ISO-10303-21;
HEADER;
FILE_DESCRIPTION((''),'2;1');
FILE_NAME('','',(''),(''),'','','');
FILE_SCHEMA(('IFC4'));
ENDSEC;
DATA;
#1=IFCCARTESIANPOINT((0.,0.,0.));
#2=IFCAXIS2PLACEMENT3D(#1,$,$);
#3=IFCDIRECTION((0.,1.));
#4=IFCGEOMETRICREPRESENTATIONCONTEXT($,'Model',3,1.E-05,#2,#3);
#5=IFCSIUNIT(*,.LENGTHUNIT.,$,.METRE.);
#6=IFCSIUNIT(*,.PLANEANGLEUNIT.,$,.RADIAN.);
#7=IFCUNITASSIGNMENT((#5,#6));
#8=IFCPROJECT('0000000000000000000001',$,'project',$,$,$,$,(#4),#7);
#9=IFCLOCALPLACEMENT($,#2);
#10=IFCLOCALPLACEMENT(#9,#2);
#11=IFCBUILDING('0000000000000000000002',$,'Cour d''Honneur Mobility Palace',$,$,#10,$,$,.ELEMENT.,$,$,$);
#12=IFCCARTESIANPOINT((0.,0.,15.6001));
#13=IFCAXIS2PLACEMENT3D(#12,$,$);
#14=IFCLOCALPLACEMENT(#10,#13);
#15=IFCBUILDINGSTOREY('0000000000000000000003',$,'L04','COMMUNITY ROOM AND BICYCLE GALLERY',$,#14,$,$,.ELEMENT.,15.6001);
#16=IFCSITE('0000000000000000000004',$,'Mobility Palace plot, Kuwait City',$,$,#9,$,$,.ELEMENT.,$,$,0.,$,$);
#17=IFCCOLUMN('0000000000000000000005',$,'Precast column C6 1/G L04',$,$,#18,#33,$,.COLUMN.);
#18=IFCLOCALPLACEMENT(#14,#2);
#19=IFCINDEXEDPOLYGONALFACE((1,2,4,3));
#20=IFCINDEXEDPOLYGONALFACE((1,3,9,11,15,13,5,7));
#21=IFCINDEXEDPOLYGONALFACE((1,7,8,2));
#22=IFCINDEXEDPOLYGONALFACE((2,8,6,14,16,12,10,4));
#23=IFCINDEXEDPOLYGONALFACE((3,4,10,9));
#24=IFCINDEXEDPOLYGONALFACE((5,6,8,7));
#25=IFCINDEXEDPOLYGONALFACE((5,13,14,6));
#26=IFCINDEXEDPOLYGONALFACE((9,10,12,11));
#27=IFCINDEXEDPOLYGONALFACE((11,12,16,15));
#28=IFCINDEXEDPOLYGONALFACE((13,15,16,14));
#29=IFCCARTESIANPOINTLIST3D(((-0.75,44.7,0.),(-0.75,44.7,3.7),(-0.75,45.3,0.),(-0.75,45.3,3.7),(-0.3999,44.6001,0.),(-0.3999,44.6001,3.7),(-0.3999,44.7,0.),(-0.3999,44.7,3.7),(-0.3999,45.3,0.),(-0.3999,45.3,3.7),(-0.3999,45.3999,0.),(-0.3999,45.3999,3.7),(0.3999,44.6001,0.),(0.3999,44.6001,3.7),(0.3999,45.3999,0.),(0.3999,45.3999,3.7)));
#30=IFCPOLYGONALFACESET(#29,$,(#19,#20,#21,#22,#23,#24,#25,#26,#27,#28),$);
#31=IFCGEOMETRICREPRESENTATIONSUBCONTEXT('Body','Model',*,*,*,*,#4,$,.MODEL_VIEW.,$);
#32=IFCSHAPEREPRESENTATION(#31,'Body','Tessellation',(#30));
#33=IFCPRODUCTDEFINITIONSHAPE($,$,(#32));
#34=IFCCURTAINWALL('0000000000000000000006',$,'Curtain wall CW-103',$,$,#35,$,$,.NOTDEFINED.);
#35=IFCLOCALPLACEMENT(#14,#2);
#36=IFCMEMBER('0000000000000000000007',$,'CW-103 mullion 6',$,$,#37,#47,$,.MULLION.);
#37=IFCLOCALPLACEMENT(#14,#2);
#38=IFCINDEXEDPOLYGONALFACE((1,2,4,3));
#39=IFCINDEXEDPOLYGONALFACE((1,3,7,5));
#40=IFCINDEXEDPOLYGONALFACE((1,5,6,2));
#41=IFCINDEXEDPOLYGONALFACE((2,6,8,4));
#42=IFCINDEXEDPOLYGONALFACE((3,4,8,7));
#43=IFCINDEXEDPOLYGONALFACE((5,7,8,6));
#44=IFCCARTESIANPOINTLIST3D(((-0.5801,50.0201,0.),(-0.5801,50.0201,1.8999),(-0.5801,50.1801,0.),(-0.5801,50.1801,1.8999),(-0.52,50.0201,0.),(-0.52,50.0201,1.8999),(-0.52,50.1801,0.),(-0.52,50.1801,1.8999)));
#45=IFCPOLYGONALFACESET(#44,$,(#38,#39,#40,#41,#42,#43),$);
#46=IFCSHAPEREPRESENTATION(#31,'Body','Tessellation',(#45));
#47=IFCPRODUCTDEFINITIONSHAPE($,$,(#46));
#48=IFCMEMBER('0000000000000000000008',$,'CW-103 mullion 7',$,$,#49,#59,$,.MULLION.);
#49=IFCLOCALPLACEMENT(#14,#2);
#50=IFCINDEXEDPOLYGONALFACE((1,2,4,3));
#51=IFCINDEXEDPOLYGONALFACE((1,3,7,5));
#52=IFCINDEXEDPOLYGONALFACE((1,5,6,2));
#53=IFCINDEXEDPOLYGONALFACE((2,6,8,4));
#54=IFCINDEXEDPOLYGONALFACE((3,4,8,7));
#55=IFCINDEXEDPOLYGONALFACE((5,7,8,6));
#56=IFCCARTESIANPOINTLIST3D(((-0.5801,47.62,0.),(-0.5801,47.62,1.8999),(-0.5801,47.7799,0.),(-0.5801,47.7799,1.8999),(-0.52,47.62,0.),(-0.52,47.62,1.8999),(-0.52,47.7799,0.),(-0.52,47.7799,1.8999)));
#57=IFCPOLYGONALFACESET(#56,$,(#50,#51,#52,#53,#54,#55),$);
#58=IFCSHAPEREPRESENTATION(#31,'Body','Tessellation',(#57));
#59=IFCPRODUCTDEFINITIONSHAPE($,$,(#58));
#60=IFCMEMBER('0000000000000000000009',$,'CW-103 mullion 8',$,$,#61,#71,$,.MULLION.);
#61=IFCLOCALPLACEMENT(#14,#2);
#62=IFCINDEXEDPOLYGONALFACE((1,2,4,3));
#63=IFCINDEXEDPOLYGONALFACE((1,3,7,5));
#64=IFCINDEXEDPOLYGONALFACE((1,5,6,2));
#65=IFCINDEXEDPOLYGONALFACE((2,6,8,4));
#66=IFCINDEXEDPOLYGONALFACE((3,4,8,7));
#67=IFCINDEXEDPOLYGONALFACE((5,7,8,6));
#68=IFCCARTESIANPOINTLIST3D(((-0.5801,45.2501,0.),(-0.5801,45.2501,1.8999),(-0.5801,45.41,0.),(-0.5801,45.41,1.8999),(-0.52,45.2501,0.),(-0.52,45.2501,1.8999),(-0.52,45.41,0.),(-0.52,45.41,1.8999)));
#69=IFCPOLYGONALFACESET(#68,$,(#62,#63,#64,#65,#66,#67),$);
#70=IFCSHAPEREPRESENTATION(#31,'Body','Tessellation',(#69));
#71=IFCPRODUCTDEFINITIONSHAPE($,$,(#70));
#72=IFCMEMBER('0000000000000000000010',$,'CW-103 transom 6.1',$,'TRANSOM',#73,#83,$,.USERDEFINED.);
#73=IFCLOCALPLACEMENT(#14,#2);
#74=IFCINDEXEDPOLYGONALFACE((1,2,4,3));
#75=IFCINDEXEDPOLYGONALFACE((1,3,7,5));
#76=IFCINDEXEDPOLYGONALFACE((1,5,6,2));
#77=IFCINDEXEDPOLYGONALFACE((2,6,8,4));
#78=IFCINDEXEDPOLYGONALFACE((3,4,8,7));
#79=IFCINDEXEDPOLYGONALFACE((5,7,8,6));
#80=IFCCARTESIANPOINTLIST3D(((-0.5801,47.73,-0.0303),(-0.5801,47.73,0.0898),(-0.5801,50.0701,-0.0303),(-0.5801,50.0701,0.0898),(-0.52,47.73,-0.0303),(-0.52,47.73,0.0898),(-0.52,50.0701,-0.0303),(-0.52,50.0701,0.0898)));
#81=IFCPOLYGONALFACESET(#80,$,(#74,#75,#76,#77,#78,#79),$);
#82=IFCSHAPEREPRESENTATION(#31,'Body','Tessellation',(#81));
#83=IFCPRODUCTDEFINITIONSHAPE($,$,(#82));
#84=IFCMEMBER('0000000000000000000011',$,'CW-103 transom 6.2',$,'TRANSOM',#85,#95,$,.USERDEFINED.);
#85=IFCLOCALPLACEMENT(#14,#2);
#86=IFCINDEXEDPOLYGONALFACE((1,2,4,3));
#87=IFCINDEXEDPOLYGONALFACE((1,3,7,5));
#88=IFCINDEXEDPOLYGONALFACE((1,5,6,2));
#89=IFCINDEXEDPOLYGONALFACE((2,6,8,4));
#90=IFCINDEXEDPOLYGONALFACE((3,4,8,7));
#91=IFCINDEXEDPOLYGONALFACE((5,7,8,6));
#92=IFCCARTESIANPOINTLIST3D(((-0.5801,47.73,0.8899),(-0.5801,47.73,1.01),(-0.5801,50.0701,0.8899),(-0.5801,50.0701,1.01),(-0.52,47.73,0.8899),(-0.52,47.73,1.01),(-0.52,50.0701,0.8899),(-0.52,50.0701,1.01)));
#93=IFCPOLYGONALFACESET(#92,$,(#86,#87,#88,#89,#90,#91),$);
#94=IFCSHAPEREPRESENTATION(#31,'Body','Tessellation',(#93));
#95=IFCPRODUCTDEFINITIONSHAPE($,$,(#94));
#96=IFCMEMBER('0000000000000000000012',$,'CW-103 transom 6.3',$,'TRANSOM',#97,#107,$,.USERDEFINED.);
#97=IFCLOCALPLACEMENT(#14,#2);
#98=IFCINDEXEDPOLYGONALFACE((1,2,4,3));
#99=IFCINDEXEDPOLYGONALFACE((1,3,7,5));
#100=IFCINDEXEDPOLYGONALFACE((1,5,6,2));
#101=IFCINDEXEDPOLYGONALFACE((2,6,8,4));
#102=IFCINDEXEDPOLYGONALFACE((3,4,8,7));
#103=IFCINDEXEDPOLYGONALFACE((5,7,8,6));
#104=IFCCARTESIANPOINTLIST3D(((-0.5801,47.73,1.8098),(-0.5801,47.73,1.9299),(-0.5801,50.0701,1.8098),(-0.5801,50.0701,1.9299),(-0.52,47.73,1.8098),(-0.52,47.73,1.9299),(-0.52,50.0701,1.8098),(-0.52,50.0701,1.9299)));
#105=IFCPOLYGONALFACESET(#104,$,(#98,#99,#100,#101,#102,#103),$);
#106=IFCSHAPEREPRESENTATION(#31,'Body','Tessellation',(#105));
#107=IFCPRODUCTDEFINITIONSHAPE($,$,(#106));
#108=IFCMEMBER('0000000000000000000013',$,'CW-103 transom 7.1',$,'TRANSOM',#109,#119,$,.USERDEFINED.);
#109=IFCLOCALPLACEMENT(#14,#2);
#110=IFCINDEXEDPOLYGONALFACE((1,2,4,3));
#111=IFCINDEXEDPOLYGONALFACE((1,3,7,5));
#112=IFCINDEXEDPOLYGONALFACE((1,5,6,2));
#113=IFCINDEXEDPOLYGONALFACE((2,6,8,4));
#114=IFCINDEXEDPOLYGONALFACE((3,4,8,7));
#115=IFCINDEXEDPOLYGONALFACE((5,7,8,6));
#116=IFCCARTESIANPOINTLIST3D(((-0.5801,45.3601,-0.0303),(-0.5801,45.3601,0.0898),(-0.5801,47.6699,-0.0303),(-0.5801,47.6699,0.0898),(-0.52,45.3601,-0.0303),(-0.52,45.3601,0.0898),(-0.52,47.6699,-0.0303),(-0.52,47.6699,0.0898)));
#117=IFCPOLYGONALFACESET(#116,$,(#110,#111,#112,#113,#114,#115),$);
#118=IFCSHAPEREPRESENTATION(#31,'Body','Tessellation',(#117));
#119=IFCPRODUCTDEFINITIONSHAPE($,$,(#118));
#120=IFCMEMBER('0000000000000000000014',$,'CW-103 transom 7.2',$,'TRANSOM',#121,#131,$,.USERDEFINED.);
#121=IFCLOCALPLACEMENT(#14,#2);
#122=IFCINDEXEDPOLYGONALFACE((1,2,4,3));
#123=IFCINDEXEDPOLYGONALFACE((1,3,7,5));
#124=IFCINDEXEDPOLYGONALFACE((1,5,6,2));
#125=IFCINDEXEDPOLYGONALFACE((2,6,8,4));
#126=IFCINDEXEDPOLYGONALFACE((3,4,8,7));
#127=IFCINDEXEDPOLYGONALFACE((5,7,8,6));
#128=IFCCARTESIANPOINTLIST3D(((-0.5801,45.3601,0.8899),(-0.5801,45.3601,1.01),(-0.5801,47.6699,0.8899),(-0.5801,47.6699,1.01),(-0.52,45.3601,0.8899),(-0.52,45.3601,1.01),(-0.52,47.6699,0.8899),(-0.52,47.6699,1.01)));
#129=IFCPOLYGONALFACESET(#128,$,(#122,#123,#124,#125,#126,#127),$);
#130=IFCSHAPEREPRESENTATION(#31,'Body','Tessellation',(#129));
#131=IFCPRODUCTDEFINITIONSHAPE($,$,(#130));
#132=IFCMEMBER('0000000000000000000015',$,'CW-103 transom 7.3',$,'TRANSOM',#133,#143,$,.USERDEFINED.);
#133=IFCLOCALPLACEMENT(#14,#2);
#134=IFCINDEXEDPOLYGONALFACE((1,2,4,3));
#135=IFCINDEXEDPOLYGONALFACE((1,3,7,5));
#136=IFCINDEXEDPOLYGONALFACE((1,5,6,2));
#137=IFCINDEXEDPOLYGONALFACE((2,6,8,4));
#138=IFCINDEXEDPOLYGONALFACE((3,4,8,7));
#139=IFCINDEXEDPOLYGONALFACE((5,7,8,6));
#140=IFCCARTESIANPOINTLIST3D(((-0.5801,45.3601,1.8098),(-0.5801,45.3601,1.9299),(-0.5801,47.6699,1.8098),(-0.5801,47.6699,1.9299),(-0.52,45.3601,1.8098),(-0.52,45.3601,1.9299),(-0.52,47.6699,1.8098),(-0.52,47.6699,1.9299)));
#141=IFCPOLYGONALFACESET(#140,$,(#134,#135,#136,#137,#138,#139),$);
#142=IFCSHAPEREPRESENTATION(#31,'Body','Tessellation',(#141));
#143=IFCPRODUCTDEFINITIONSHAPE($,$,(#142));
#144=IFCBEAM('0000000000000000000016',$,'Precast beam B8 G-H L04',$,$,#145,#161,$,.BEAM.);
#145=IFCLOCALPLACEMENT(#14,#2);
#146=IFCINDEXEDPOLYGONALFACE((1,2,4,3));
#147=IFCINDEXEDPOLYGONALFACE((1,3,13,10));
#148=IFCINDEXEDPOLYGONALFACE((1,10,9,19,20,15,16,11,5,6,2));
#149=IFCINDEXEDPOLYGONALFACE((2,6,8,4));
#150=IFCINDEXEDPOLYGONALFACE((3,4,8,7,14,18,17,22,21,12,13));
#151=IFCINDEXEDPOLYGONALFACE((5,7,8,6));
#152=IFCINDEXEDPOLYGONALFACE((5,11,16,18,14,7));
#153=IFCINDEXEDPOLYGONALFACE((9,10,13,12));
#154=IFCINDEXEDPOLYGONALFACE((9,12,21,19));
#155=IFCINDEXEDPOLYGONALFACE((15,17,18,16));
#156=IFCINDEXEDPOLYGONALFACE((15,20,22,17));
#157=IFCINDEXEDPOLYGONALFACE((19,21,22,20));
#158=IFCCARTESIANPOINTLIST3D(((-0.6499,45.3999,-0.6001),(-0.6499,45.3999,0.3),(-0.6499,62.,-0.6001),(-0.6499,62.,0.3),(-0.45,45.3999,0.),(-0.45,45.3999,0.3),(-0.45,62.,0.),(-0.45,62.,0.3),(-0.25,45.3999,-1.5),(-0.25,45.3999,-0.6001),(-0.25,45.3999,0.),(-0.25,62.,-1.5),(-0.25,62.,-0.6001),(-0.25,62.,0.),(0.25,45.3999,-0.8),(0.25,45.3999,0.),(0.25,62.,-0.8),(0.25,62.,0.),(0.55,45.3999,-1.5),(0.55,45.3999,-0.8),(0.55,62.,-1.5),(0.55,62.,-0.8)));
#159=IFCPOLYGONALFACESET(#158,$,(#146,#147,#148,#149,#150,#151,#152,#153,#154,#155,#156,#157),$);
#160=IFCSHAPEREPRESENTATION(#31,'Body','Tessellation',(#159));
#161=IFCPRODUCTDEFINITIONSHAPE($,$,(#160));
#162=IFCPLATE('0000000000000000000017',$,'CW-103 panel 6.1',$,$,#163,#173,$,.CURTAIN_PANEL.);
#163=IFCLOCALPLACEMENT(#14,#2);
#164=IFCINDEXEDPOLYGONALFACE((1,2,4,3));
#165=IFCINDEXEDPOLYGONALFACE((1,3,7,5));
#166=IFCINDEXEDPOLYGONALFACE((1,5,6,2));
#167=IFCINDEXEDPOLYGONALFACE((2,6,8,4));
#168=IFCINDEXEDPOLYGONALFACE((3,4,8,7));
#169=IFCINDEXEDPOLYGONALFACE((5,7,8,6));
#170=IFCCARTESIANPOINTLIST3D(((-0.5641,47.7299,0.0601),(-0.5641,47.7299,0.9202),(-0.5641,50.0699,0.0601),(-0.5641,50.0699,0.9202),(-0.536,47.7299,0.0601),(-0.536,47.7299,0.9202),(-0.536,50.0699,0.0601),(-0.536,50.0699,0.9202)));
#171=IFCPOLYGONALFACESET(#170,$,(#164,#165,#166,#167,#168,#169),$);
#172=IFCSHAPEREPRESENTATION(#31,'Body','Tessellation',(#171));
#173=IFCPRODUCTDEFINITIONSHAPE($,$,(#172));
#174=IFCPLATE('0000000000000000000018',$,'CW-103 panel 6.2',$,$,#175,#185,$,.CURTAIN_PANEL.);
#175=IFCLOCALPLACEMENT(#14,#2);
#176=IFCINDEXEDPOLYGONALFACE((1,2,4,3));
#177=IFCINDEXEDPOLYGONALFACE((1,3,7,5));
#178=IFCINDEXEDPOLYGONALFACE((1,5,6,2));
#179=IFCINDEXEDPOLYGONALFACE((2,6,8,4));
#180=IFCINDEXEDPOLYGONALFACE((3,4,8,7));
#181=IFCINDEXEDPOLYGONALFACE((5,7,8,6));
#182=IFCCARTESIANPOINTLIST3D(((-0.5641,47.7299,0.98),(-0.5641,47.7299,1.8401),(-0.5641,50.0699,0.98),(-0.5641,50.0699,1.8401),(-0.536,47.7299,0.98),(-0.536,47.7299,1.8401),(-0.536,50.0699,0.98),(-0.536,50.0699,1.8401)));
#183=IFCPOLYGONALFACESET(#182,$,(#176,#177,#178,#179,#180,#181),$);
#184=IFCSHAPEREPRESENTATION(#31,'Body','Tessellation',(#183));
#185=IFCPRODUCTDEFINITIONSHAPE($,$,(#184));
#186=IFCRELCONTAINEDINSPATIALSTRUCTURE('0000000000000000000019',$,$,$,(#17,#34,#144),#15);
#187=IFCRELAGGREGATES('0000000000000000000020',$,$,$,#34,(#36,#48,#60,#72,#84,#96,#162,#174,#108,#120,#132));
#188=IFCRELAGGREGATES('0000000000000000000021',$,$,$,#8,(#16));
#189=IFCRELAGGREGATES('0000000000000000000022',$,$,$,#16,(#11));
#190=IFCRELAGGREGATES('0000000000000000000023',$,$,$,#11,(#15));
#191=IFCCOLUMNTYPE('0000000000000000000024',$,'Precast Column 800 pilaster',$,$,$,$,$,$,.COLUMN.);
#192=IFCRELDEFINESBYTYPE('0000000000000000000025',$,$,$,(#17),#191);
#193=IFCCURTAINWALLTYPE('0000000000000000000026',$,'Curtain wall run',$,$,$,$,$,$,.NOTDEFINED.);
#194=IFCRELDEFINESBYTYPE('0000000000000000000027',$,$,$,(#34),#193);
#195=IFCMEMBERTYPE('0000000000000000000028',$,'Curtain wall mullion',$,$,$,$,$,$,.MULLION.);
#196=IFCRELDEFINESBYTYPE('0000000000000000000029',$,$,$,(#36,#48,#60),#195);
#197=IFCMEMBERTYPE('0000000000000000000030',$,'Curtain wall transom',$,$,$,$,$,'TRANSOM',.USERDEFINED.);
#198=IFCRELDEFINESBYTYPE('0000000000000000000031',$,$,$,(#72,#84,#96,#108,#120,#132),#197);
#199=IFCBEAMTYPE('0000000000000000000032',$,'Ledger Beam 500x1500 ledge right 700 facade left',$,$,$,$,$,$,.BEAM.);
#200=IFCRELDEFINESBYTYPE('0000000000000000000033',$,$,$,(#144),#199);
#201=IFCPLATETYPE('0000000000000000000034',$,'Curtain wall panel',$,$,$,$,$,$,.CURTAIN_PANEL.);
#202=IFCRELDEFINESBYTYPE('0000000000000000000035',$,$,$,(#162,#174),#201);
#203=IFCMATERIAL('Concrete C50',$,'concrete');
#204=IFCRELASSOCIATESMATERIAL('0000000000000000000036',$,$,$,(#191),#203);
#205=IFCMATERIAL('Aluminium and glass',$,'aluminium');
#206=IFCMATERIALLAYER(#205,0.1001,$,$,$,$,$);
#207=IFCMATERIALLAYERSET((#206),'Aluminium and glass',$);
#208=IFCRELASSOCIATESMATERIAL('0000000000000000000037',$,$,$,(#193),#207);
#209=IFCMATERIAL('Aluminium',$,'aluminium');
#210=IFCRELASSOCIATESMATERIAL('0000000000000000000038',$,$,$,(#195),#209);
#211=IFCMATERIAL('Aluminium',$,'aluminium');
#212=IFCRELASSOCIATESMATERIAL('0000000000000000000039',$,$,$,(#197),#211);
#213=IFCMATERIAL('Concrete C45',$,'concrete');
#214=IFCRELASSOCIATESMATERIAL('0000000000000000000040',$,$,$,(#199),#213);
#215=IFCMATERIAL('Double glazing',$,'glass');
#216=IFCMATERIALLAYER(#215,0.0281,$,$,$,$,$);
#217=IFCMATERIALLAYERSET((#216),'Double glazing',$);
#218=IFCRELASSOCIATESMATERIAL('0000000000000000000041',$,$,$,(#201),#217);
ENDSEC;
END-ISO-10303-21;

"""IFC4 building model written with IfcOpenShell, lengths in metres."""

from ifc_helpers import new_model, si_unit, direction, frame, origin, origin_2d, place, context, subcontext, project, spatial, polyline, rectangle, outline, extrude, material, layer, layer_set, material_profile, profile_set, type_object, element, aggregate, save


model = new_model("IFC4")

# Units and contexts
model_context = context("Model", 3, precision=1e-05, world=origin(), true_north=direction((0.0, 1.0)))
body_context = subcontext(model_context, "Body", "Model", "MODEL_VIEW")
ifc_project = project(units=[si_unit("LENGTHUNIT", "METRE"), si_unit("PLANEANGLEUNIT", "RADIAN")], contexts=[model_context])

# Site, building, storey
site_placement = place(None, origin())
site = spatial("IfcSite", under=ifc_project, at=site_placement, Name="Mobility Palace plot, Kuwait City", CompositionType="ELEMENT", RefElevation=0.0)
building_placement = place(site_placement, origin())
building = spatial("IfcBuilding", under=site, at=building_placement, Name="Cour d'Honneur Mobility Palace", CompositionType="ELEMENT")
storey_placement = place(building_placement, frame((0.0, 0.0, 15.6001)))
storey = spatial("IfcBuildingStorey", under=building, at=storey_placement, Name="L04", Description="COMMUNITY ROOM AND BICYCLE GALLERY", CompositionType="ELEMENT", Elevation=15.6001)

# Column
ifc_material_1 = material(Name="Concrete C50", Category="concrete")
ifc_material_profile_1 = material_profile(ifc_material_1, outline(polyline([(-0.3999, -0.3999), (0.3999, -0.3999), (0.3999, -0.3), (0.75, -0.3), (0.75, 0.3), (0.3999, 0.3), (0.3999, 0.3999), (-0.3999, 0.3999), (-0.3999, -0.3999)])), Name="PC C800 pilaster")
ifc_profile_set_1 = profile_set([ifc_material_profile_1], Name="Concrete C50")
column_type = type_object("IfcColumnType", Name="Precast Column 800 pilaster", PredefinedType="COLUMN", material=ifc_profile_set_1)
column_placement = place(storey_placement, frame((0.0, 45.0, 0.0), z_axis=(0.0, 0.0, 1.0), x_axis=(-1.0, 0.0, 0.0)))
element("IfcColumn", 1, at=column_placement, inside=storey, type_object=column_type, Name="Precast column C6 1/G L04", PredefinedType="COLUMN", context=body_context, shape_type="SweptSolid", body=[
    extrude(outline(polyline([(-0.3999, -0.3999), (0.3999, -0.3999), (0.3999, -0.3), (0.75, -0.3), (0.75, 0.3), (0.3999, 0.3), (0.3999, 0.3999), (-0.3999, 0.3999), (-0.3999, -0.3999)])), origin(), (0.0, 0.0, 1.0), 3.7),
])

# Curtain wall, members
ifc_material_2 = material(Name="Aluminium and glass", Category="aluminium")
ifc_layer_1 = layer(ifc_material_2, 0.1001)
ifc_layer_set_1 = layer_set([ifc_layer_1], Name="Aluminium and glass")
curtain_wall_type = type_object("IfcCurtainWallType", Name="Curtain wall run", PredefinedType="NOTDEFINED", material=ifc_layer_set_1)
curtain_wall_placement = place(storey_placement, origin())
curtain_wall = element("IfcCurtainWall", 2, at=curtain_wall_placement, inside=storey, type_object=curtain_wall_type, Name="Curtain wall CW-103", PredefinedType="NOTDEFINED")
ifc_material_3 = material(Name="Aluminium", Category="aluminium")
ifc_material_profile_2 = material_profile(ifc_material_3, rectangle(XDim=0.0601, YDim=0.1599, at=origin_2d()), Name="Curtain wall mullion")
ifc_profile_set_2 = profile_set([ifc_material_profile_2], Name="Aluminium")
member_type_1 = type_object("IfcMemberType", Name="Curtain wall mullion", PredefinedType="MULLION", material=ifc_profile_set_2)
member_1_placement = place(storey_placement, frame((-0.55, 50.1001, 0.0), z_axis=(0.0, 0.0, 1.0), x_axis=(1.0, 0.0, 0.0)))
member_1 = element("IfcMember", 3, at=member_1_placement, type_object=member_type_1, Name="CW-103 mullion 6", PredefinedType="MULLION", context=body_context, shape_type="SweptSolid", body=[
    extrude(rectangle(XDim=0.0601, YDim=0.1599, at=origin_2d()), origin(), (0.0, 0.0, 1.0), 1.8999),
])
member_2_placement = place(storey_placement, frame((-0.55, 47.7, 0.0), z_axis=(0.0, 0.0, 1.0), x_axis=(1.0, 0.0, 0.0)))
member_2 = element("IfcMember", 4, at=member_2_placement, type_object=member_type_1, Name="CW-103 mullion 7", PredefinedType="MULLION", context=body_context, shape_type="SweptSolid", body=[
    extrude(rectangle(XDim=0.0601, YDim=0.1599, at=origin_2d()), origin(), (0.0, 0.0, 1.0), 1.8999),
])
member_3_placement = place(storey_placement, frame((-0.55, 45.3301, 0.0), z_axis=(0.0, 0.0, 1.0), x_axis=(1.0, 0.0, 0.0)))
member_3 = element("IfcMember", 5, at=member_3_placement, type_object=member_type_1, Name="CW-103 mullion 8", PredefinedType="MULLION", context=body_context, shape_type="SweptSolid", body=[
    extrude(rectangle(XDim=0.0601, YDim=0.1599, at=origin_2d()), origin(), (0.0, 0.0, 1.0), 1.8999),
])
ifc_material_4 = material(Name="Aluminium", Category="aluminium")
ifc_material_profile_3 = material_profile(ifc_material_4, rectangle(XDim=0.0601, YDim=0.1201, at=origin_2d()), Name="Curtain wall transom")
ifc_profile_set_3 = profile_set([ifc_material_profile_3], Name="Aluminium")
member_type_2 = type_object("IfcMemberType", Name="Curtain wall transom", ElementType="TRANSOM", PredefinedType="USERDEFINED", material=ifc_profile_set_3)
member_4_placement = place(storey_placement, frame((-0.55, 50.0701, 0.0298), z_axis=(0.0, -1.0, 0.0), x_axis=(1.0, 0.0, 0.0)))
member_4 = element("IfcMember", 6, at=member_4_placement, type_object=member_type_2, Name="CW-103 transom 6.1", ObjectType="TRANSOM", PredefinedType="USERDEFINED", context=body_context, shape_type="SweptSolid", body=[
    extrude(rectangle(XDim=0.0601, YDim=0.1201, at=origin_2d()), origin(), (0.0, 0.0, 1.0), 2.3401),
])
member_5_placement = place(storey_placement, frame((-0.55, 50.0701, 0.95), z_axis=(0.0, -1.0, 0.0), x_axis=(1.0, 0.0, 0.0)))
member_5 = element("IfcMember", 7, at=member_5_placement, type_object=member_type_2, Name="CW-103 transom 6.2", ObjectType="TRANSOM", PredefinedType="USERDEFINED", context=body_context, shape_type="SweptSolid", body=[
    extrude(rectangle(XDim=0.0601, YDim=0.1201, at=origin_2d()), origin(), (0.0, 0.0, 1.0), 2.3401),
])
member_6_placement = place(storey_placement, frame((-0.55, 50.0701, 1.8699), z_axis=(0.0, -1.0, 0.0), x_axis=(1.0, 0.0, 0.0)))
member_6 = element("IfcMember", 8, at=member_6_placement, type_object=member_type_2, Name="CW-103 transom 6.3", ObjectType="TRANSOM", PredefinedType="USERDEFINED", context=body_context, shape_type="SweptSolid", body=[
    extrude(rectangle(XDim=0.0601, YDim=0.1201, at=origin_2d()), origin(), (0.0, 0.0, 1.0), 2.3401),
])
member_7_placement = place(storey_placement, frame((-0.55, 47.6699, 0.0298), z_axis=(0.0, -1.0, 0.0), x_axis=(1.0, 0.0, 0.0)))
member_7 = element("IfcMember", 9, at=member_7_placement, type_object=member_type_2, Name="CW-103 transom 7.1", ObjectType="TRANSOM", PredefinedType="USERDEFINED", context=body_context, shape_type="SweptSolid", body=[
    extrude(rectangle(XDim=0.0601, YDim=0.1201, at=origin_2d()), origin(), (0.0, 0.0, 1.0), 2.3098),
])
member_8_placement = place(storey_placement, frame((-0.55, 47.6699, 0.95), z_axis=(0.0, -1.0, 0.0), x_axis=(1.0, 0.0, 0.0)))
member_8 = element("IfcMember", 10, at=member_8_placement, type_object=member_type_2, Name="CW-103 transom 7.2", ObjectType="TRANSOM", PredefinedType="USERDEFINED", context=body_context, shape_type="SweptSolid", body=[
    extrude(rectangle(XDim=0.0601, YDim=0.1201, at=origin_2d()), origin(), (0.0, 0.0, 1.0), 2.3098),
])
member_9_placement = place(storey_placement, frame((-0.55, 47.6699, 1.8699), z_axis=(0.0, -1.0, 0.0), x_axis=(1.0, 0.0, 0.0)))
member_9 = element("IfcMember", 11, at=member_9_placement, type_object=member_type_2, Name="CW-103 transom 7.3", ObjectType="TRANSOM", PredefinedType="USERDEFINED", context=body_context, shape_type="SweptSolid", body=[
    extrude(rectangle(XDim=0.0601, YDim=0.1201, at=origin_2d()), origin(), (0.0, 0.0, 1.0), 2.3098),
])

# Beam
ifc_material_5 = material(Name="Concrete C45", Category="concrete")
ifc_material_profile_4 = material_profile(ifc_material_5, outline(polyline([(0.25, -1.5), (0.25, -0.6001), (0.6499, -0.6001), (0.6499, 0.3), (0.45, 0.3), (0.45, 0.0), (0.25, 0.0), (-0.25, 0.0), (-0.25, -0.8), (-0.55, -0.8), (-0.55, -1.5), (0.25, -1.5)])), Name="Ledger Beam 500x1500 ledge right 700 facade left")
ifc_profile_set_4 = profile_set([ifc_material_profile_4], Name="Concrete C45")
beam_type = type_object("IfcBeamType", Name="Ledger Beam 500x1500 ledge right 700 facade left", PredefinedType="BEAM", material=ifc_profile_set_4)
beam_placement = place(storey_placement, frame((0.0, 45.3999, 0.0), z_axis=(0.0, 1.0, 0.0), x_axis=(-1.0, 0.0, 0.0)))
element("IfcBeam", 12, at=beam_placement, inside=storey, type_object=beam_type, Name="Precast beam B8 G-H L04", PredefinedType="BEAM", context=body_context, shape_type="SweptSolid", body=[
    extrude(outline(polyline([(0.25, -1.5), (0.25, -0.6001), (0.6499, -0.6001), (0.6499, 0.3), (0.45, 0.3), (0.45, 0.0), (0.25, 0.0), (-0.25, 0.0), (-0.25, -0.8), (-0.55, -0.8), (-0.55, -1.5), (0.25, -1.5)])), origin(), (0.0, 0.0, 1.0), 16.6001),
])

# Plates
ifc_material_6 = material(Name="Double glazing", Category="glass")
ifc_layer_2 = layer(ifc_material_6, 0.0281)
ifc_layer_set_2 = layer_set([ifc_layer_2], Name="Double glazing")
plate_type = type_object("IfcPlateType", Name="Curtain wall panel", PredefinedType="CURTAIN_PANEL", material=ifc_layer_set_2)
plate_1_placement = place(storey_placement, frame((-0.55, 48.8999, 0.0601), z_axis=(0.0, 0.0, 1.0), x_axis=(0.0, -1.0, 0.0)))
plate_1 = element("IfcPlate", 13, at=plate_1_placement, type_object=plate_type, Name="CW-103 panel 6.1", PredefinedType="CURTAIN_PANEL", context=body_context, shape_type="SweptSolid", body=[
    extrude(rectangle(XDim=2.3401, YDim=0.0281, at=origin_2d()), origin(), (0.0, 0.0, 1.0), 0.8601),
])
plate_2_placement = place(storey_placement, frame((-0.55, 48.8999, 0.98), z_axis=(0.0, 0.0, 1.0), x_axis=(0.0, -1.0, 0.0)))
plate_2 = element("IfcPlate", 14, at=plate_2_placement, type_object=plate_type, Name="CW-103 panel 6.2", PredefinedType="CURTAIN_PANEL", context=body_context, shape_type="SweptSolid", body=[
    extrude(rectangle(XDim=2.3401, YDim=0.0281, at=origin_2d()), origin(), (0.0, 0.0, 1.0), 0.8601),
])
aggregate(curtain_wall, [member_1, member_2, member_3, member_4, member_5, member_6, plate_1, plate_2, member_7, member_8, member_9])

save(model, "model.ifc")
